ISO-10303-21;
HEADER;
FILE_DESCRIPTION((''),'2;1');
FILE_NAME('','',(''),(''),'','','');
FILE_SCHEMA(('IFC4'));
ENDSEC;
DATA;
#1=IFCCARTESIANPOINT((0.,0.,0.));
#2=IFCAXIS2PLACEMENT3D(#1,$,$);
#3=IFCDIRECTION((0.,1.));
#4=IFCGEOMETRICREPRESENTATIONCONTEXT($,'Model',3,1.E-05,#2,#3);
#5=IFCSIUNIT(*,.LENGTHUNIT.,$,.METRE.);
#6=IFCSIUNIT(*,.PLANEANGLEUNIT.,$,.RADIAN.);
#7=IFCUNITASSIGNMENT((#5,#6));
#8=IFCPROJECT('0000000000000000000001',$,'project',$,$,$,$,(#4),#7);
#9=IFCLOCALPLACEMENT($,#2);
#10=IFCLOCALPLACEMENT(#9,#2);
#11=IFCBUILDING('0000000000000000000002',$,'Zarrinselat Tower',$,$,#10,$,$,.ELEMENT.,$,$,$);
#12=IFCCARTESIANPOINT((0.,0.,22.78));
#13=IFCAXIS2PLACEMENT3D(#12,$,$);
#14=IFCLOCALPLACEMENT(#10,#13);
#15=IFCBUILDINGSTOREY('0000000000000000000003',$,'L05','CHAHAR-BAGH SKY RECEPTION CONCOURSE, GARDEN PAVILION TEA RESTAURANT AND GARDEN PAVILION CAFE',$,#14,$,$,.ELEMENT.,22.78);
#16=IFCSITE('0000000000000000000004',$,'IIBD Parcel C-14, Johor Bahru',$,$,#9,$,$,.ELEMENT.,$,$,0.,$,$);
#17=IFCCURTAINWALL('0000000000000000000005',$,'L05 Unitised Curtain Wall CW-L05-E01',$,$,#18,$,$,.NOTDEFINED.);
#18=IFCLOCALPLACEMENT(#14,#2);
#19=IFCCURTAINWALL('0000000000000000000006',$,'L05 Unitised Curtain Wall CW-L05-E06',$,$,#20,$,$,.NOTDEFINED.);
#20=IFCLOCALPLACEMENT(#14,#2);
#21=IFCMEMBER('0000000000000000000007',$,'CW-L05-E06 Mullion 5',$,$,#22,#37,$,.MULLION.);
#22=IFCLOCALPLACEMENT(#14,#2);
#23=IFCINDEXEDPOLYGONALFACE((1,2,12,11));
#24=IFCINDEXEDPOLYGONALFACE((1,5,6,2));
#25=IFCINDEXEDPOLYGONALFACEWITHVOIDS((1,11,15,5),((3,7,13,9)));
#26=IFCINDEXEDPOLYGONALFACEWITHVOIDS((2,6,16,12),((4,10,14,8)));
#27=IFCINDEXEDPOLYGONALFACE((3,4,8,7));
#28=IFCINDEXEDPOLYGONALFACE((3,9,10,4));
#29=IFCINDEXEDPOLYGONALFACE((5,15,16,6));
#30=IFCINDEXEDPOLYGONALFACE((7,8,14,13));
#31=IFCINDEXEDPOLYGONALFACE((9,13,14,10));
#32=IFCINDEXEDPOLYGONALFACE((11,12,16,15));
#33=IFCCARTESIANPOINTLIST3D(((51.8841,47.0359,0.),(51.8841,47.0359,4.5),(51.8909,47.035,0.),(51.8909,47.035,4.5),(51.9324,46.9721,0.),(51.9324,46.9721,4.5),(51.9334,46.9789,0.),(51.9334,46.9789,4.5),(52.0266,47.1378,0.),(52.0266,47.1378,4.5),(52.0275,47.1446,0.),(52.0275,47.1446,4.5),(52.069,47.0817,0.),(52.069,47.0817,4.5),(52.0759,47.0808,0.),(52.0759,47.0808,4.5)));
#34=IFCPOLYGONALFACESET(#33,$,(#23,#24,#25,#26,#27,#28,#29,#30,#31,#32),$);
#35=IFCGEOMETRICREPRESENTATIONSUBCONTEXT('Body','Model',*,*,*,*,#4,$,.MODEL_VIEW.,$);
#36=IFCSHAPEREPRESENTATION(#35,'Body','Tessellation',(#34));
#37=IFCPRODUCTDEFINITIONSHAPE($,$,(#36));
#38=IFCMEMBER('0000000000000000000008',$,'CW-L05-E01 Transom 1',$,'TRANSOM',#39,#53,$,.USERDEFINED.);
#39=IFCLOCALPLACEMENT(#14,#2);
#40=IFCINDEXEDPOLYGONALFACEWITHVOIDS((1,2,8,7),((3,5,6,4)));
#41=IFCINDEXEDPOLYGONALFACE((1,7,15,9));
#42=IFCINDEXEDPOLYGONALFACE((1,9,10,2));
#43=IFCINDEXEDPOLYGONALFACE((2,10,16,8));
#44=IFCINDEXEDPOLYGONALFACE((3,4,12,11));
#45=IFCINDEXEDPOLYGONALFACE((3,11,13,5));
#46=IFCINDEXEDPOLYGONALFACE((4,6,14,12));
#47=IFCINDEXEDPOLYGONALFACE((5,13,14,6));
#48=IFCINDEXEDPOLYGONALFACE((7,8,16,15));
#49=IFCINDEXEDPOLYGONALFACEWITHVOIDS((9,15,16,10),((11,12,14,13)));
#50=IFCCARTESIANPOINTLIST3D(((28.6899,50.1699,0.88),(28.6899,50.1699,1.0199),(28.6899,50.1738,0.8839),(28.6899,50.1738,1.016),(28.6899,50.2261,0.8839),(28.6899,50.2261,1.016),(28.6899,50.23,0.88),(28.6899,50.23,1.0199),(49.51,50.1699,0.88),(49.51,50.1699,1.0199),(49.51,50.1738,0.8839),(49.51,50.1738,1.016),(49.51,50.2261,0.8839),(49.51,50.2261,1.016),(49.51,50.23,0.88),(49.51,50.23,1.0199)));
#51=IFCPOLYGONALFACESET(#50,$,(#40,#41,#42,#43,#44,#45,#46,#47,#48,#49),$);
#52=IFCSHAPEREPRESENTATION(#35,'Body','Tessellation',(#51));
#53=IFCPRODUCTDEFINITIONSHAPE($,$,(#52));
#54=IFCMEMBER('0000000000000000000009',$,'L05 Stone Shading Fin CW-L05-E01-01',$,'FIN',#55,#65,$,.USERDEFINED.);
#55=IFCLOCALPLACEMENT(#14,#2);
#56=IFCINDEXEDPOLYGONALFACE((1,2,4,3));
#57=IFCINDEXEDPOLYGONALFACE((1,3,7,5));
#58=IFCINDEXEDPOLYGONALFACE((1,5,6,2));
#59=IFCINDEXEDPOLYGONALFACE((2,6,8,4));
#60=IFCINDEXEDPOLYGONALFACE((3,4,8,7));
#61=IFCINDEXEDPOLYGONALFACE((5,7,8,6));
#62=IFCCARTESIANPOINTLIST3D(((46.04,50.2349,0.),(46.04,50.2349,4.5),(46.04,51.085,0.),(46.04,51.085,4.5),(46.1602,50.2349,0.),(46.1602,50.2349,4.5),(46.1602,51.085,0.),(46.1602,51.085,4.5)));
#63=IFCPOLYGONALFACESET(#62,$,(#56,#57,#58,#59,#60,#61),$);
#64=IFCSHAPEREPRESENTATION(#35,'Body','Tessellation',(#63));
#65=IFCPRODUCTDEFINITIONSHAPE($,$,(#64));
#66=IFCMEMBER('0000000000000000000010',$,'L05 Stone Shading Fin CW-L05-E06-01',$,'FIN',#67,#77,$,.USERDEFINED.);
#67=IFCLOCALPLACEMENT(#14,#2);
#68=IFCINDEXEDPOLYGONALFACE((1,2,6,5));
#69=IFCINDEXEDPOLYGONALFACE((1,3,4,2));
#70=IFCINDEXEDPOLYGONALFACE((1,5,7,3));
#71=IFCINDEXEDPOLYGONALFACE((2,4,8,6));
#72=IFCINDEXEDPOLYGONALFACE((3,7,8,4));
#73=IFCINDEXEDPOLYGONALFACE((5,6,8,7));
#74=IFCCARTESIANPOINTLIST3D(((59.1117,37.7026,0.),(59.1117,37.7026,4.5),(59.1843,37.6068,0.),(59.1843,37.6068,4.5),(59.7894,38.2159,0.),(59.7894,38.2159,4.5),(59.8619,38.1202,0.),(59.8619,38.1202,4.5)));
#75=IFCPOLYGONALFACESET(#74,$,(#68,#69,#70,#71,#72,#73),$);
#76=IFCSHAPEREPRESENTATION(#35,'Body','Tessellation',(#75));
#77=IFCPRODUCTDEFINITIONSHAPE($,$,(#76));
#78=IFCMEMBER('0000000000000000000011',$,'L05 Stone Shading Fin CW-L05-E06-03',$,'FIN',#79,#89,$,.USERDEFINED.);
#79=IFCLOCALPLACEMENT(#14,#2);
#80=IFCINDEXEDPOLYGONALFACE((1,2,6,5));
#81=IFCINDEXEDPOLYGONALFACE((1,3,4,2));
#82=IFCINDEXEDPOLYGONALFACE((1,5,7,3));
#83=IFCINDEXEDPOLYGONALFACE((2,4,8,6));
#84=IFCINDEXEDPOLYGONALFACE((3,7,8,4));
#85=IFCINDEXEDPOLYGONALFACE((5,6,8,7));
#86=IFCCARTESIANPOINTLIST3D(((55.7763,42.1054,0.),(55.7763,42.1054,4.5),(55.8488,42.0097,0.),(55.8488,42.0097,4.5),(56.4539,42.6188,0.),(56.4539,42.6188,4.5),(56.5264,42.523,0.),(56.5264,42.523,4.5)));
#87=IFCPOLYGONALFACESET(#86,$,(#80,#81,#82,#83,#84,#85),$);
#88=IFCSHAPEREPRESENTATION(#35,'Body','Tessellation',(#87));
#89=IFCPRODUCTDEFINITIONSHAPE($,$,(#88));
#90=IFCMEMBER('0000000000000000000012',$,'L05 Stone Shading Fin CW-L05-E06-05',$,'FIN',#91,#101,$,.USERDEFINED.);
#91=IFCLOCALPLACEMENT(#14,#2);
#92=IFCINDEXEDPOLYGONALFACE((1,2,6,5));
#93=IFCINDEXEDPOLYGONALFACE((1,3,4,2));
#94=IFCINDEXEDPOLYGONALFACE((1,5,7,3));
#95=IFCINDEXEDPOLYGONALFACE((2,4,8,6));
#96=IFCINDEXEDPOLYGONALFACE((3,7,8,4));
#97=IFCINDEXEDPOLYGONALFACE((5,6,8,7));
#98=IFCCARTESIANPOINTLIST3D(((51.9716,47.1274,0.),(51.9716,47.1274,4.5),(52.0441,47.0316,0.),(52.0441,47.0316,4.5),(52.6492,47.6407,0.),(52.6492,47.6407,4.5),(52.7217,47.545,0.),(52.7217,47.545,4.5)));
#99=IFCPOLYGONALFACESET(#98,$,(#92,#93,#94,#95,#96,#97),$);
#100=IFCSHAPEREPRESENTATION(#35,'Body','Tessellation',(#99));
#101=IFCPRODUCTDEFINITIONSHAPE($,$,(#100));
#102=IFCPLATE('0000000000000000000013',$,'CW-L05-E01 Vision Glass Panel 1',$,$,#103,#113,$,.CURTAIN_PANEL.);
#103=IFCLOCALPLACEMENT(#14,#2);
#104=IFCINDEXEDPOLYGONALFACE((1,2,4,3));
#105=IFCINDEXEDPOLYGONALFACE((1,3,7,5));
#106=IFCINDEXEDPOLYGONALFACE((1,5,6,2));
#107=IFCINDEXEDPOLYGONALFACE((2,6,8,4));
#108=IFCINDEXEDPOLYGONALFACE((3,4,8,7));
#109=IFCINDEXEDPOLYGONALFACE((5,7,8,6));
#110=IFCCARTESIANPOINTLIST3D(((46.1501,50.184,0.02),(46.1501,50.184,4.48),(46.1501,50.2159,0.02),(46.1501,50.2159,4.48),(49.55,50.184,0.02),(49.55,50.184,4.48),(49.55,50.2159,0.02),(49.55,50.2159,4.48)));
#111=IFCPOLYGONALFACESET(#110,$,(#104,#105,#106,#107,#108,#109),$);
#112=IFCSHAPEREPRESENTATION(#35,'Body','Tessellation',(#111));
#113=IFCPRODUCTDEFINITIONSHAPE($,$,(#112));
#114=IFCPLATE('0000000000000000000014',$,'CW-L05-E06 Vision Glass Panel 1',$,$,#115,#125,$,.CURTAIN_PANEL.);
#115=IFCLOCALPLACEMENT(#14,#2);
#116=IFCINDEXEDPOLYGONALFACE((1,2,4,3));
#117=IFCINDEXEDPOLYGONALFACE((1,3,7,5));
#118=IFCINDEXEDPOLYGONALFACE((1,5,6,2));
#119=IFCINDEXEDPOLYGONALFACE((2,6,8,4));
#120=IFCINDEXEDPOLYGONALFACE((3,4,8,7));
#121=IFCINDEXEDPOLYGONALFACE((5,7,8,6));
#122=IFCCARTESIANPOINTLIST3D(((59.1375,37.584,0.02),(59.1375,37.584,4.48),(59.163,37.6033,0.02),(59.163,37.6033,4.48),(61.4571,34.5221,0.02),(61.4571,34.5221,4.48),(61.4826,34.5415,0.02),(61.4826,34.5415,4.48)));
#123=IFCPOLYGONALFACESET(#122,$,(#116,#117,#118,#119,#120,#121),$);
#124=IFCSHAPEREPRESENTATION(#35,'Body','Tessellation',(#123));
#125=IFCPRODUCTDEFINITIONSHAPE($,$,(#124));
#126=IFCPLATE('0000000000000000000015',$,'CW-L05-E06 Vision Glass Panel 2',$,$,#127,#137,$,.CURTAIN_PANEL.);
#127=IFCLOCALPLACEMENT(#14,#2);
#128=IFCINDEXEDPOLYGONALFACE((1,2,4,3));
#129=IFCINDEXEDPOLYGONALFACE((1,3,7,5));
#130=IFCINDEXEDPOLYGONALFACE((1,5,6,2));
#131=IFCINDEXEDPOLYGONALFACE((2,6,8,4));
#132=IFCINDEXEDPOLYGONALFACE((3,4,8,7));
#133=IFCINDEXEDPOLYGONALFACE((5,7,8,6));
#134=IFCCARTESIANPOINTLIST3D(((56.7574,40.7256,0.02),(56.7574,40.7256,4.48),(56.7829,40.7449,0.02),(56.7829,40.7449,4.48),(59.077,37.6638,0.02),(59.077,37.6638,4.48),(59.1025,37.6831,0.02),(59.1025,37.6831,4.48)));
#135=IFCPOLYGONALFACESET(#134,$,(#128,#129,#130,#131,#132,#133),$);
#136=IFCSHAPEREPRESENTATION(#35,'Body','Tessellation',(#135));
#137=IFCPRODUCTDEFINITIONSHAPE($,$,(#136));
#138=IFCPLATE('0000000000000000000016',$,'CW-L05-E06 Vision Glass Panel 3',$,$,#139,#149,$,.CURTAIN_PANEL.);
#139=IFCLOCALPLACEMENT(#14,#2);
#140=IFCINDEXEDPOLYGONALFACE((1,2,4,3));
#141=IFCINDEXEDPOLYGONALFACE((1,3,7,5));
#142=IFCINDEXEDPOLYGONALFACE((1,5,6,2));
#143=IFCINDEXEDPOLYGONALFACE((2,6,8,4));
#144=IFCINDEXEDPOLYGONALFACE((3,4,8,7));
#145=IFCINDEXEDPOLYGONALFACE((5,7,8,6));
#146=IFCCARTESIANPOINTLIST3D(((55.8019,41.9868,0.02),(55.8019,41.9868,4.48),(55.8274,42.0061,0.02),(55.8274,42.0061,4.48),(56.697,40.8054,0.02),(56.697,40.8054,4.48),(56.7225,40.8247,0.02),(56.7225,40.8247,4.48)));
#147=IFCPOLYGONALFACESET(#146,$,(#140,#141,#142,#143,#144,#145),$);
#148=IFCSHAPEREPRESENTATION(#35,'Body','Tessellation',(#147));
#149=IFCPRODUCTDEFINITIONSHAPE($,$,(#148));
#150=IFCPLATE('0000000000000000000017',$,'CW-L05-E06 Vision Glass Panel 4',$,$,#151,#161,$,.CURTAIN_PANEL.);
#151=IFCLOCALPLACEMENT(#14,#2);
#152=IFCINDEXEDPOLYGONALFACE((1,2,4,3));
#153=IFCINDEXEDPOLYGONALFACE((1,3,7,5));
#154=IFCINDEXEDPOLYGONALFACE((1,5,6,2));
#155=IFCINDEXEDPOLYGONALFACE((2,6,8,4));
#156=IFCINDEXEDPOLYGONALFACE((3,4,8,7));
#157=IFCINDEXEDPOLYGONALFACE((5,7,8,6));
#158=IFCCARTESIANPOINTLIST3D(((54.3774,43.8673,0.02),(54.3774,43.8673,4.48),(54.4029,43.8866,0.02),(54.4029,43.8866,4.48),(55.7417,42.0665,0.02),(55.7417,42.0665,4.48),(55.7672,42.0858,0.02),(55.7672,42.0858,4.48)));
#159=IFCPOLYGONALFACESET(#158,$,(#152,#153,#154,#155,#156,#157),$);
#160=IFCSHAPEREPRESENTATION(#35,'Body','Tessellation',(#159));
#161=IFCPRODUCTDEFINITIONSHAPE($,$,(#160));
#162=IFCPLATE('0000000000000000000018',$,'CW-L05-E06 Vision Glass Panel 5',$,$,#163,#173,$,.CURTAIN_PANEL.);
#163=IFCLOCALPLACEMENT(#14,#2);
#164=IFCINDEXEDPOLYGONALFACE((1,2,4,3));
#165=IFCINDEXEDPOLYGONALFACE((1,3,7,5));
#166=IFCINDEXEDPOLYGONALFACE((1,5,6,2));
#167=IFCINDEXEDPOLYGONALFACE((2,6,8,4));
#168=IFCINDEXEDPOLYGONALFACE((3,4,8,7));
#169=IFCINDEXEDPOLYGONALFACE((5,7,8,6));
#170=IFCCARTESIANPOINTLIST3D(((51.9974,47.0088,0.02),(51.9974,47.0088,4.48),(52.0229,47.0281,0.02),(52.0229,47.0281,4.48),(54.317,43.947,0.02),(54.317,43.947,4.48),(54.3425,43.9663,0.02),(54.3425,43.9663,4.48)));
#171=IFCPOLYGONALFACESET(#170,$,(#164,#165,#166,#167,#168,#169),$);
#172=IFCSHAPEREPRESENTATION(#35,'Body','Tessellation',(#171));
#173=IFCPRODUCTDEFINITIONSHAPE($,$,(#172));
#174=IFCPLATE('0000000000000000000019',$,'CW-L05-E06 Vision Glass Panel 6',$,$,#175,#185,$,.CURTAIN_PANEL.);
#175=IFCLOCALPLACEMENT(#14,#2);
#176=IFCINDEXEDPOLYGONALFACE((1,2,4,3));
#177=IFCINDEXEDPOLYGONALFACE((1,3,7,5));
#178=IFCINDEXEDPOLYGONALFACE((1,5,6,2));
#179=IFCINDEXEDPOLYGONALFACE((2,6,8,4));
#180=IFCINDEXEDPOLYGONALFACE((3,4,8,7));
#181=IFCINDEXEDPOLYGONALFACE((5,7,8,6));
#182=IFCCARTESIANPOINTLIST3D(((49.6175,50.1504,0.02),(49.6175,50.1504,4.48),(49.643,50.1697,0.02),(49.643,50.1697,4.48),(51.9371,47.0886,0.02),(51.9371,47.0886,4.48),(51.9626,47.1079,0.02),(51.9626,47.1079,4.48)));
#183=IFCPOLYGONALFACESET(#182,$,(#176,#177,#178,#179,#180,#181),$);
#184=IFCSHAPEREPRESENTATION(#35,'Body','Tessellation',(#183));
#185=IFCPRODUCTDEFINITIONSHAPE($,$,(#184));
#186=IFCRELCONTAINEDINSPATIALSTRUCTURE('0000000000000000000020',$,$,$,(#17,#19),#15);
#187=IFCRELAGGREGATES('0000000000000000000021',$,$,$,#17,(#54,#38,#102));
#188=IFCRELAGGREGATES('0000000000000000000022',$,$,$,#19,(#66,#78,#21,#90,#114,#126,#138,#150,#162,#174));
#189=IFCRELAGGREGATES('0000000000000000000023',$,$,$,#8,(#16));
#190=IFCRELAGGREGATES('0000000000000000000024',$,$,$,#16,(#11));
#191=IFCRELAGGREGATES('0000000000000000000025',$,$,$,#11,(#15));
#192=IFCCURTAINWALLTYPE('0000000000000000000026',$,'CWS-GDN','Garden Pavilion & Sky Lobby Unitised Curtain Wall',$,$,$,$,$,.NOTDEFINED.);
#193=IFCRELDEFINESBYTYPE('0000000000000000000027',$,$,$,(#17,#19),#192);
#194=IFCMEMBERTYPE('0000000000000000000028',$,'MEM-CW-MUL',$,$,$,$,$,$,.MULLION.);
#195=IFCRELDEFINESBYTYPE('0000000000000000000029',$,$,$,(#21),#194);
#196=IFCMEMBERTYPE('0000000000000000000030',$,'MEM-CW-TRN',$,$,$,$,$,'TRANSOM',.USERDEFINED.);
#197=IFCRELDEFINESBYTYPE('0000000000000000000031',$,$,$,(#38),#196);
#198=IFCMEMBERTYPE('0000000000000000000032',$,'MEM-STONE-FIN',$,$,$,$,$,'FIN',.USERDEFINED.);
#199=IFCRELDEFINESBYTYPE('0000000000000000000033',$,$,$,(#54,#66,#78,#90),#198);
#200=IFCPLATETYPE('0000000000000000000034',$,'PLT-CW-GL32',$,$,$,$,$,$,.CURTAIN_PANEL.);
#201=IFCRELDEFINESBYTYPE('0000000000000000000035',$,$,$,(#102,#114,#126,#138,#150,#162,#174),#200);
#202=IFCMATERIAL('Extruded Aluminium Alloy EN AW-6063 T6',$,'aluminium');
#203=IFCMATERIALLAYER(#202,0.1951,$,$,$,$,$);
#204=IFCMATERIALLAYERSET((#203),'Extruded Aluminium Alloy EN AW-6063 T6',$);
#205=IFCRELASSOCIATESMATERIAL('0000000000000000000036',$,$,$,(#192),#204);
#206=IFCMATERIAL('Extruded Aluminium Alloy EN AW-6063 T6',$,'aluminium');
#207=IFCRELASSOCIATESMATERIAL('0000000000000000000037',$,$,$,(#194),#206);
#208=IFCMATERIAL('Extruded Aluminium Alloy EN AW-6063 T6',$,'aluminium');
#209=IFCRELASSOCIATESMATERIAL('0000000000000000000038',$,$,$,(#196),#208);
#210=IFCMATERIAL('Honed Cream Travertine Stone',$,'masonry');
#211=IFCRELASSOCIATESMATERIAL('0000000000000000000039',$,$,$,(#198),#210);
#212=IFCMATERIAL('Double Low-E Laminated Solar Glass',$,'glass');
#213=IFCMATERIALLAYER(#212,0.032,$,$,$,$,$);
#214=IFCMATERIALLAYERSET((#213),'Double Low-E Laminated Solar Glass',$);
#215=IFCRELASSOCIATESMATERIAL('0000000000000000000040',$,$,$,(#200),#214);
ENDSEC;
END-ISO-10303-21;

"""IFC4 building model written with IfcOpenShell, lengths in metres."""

from ifc_helpers import new_model, si_unit, direction, frame, origin, origin_2d, place, context, subcontext, project, spatial, rectangle, hollow_rectangle, extrude, material, layer, layer_set, material_profile, profile_set, type_object, element, aggregate, save


model = new_model("IFC4")

# Units and contexts
model_context = context("Model", 3, precision=1e-05, world=origin(), true_north=direction((0.0, 1.0)))
body_context = subcontext(model_context, "Body", "Model", "MODEL_VIEW")
ifc_project = project(units=[si_unit("LENGTHUNIT", "METRE"), si_unit("PLANEANGLEUNIT", "RADIAN")], contexts=[model_context])

# Site, building, storey
site_placement = place(None, origin())
site = spatial("IfcSite", under=ifc_project, at=site_placement, Name="IIBD Parcel C-14, Johor Bahru", CompositionType="ELEMENT", RefElevation=0.0)
building_placement = place(site_placement, origin())
building = spatial("IfcBuilding", under=site, at=building_placement, Name="Zarrinselat Tower", CompositionType="ELEMENT")
storey_placement = place(building_placement, frame((0.0, 0.0, 22.78)))
storey = spatial("IfcBuildingStorey", under=building, at=storey_placement, Name="L05", Description="CHAHAR-BAGH SKY RECEPTION CONCOURSE, GARDEN PAVILION TEA RESTAURANT AND GARDEN PAVILION CAFE", CompositionType="ELEMENT", Elevation=22.78)

# Curtain wall
ifc_material_1 = material(Name="Extruded Aluminium Alloy EN AW-6063 T6", Category="aluminium")
ifc_layer_1 = layer(ifc_material_1, 0.1951)
ifc_layer_set_1 = layer_set([ifc_layer_1], Name="Extruded Aluminium Alloy EN AW-6063 T6")
curtain_wall_type = type_object("IfcCurtainWallType", Name="CWS-GDN", Description="Garden Pavilion & Sky Lobby Unitised Curtain Wall", PredefinedType="NOTDEFINED", material=ifc_layer_set_1)
curtain_wall_1_placement = place(storey_placement, origin())
curtain_wall_1 = element("IfcCurtainWall", 1, at=curtain_wall_1_placement, inside=storey, type_object=curtain_wall_type, Name="L05 Unitised Curtain Wall CW-L05-E01", PredefinedType="NOTDEFINED")
ifc_material_2 = material(Name="Extruded Aluminium Alloy EN AW-6063 T6", Category="aluminium")
ifc_material_profile_1 = material_profile(ifc_material_2, hollow_rectangle(XDim=0.0801, YDim=0.1799, WallThickness=0.0049, at=origin_2d()), Name="RHS 180x80x5")
ifc_profile_set_1 = profile_set([ifc_material_profile_1], Name="Extruded Aluminium Alloy EN AW-6063 T6")
member_type_1 = type_object("IfcMemberType", Name="MEM-CW-MUL", PredefinedType="MULLION", material=ifc_profile_set_1)

# Curtain wall, member
curtain_wall_2_placement = place(storey_placement, origin())
curtain_wall_2 = element("IfcCurtainWall", 2, at=curtain_wall_2_placement, inside=storey, type_object=curtain_wall_type, Name="L05 Unitised Curtain Wall CW-L05-E06", PredefinedType="NOTDEFINED")
member_1_placement = place(storey_placement, frame((51.98, 47.0583, 0.0), z_axis=(0.0, 0.0, 1.0), x_axis=(-0.603858, 0.797092, 0.0)))
member_1 = element("IfcMember", 3, at=member_1_placement, type_object=member_type_1, Name="CW-L05-E06 Mullion 5", PredefinedType="MULLION", context=body_context, shape_type="SweptSolid", body=[
    extrude(hollow_rectangle(XDim=0.0801, YDim=0.1799, WallThickness=0.0049, at=origin_2d()), origin(), (0.0, 0.0, 1.0), 4.5),
])

# Members
ifc_material_3 = material(Name="Extruded Aluminium Alloy EN AW-6063 T6", Category="aluminium")
ifc_material_profile_2 = material_profile(ifc_material_3, hollow_rectangle(XDim=0.0601, YDim=0.1399, WallThickness=0.0039, at=origin_2d()), Name="RHS 140x60x4")
ifc_profile_set_2 = profile_set([ifc_material_profile_2], Name="Extruded Aluminium Alloy EN AW-6063 T6")
member_type_2 = type_object("IfcMemberType", Name="MEM-CW-TRN", ElementType="TRANSOM", PredefinedType="USERDEFINED", material=ifc_profile_set_2)
member_2_placement = place(storey_placement, frame((49.51, 50.2, 0.95), z_axis=(-1.0, 0.0, 0.0), x_axis=(0.0, -1.0, 0.0)))
member_2 = element("IfcMember", 4, at=member_2_placement, type_object=member_type_2, Name="CW-L05-E01 Transom 1", ObjectType="TRANSOM", PredefinedType="USERDEFINED", context=body_context, shape_type="SweptSolid", body=[
    extrude(hollow_rectangle(XDim=0.0601, YDim=0.1399, WallThickness=0.0039, at=origin_2d()), origin(), (0.0, 0.0, 1.0), 20.8201),
])
ifc_material_4 = material(Name="Honed Cream Travertine Stone", Category="masonry")
ifc_material_profile_3 = material_profile(ifc_material_4, rectangle(XDim=0.1201, YDim=0.8501, at=origin_2d()), Name="FIN 850x120")
ifc_profile_set_3 = profile_set([ifc_material_profile_3], Name="Honed Cream Travertine Stone")
member_type_3 = type_object("IfcMemberType", Name="MEM-STONE-FIN", ElementType="FIN", PredefinedType="USERDEFINED", material=ifc_profile_set_3)
member_3_placement = place(storey_placement, frame((46.1001, 50.6599, 0.0), z_axis=(0.0, 0.0, 1.0), x_axis=(1.0, 0.0, 0.0)))
member_3 = element("IfcMember", 5, at=member_3_placement, type_object=member_type_3, Name="L05 Stone Shading Fin CW-L05-E01-01", ObjectType="FIN", PredefinedType="USERDEFINED", context=body_context, shape_type="SweptSolid", body=[
    extrude(rectangle(XDim=0.1201, YDim=0.8501, at=origin_2d()), origin(), (0.0, 0.0, 1.0), 4.5),
])
member_4_placement = place(storey_placement, frame((59.4868, 37.9114, 0.0), z_axis=(0.0, 0.0, 1.0), x_axis=(0.603858, -0.797092, 0.0)))
member_4 = element("IfcMember", 6, at=member_4_placement, type_object=member_type_3, Name="L05 Stone Shading Fin CW-L05-E06-01", ObjectType="FIN", PredefinedType="USERDEFINED", context=body_context, shape_type="SweptSolid", body=[
    extrude(rectangle(XDim=0.1201, YDim=0.8501, at=origin_2d()), origin(), (0.0, 0.0, 1.0), 4.5),
])
member_5_placement = place(storey_placement, frame((56.1514, 42.3142, 0.0), z_axis=(0.0, 0.0, 1.0), x_axis=(0.603858, -0.797092, 0.0)))
member_5 = element("IfcMember", 7, at=member_5_placement, type_object=member_type_3, Name="L05 Stone Shading Fin CW-L05-E06-03", ObjectType="FIN", PredefinedType="USERDEFINED", context=body_context, shape_type="SweptSolid", body=[
    extrude(rectangle(XDim=0.1201, YDim=0.8501, at=origin_2d()), origin(), (0.0, 0.0, 1.0), 4.5),
])
member_6_placement = place(storey_placement, frame((52.3467, 47.3362, 0.0), z_axis=(0.0, 0.0, 1.0), x_axis=(0.603858, -0.797092, 0.0)))
member_6 = element("IfcMember", 8, at=member_6_placement, type_object=member_type_3, Name="L05 Stone Shading Fin CW-L05-E06-05", ObjectType="FIN", PredefinedType="USERDEFINED", context=body_context, shape_type="SweptSolid", body=[
    extrude(rectangle(XDim=0.1201, YDim=0.8501, at=origin_2d()), origin(), (0.0, 0.0, 1.0), 4.5),
])

# Plates
ifc_material_5 = material(Name="Double Low-E Laminated Solar Glass", Category="glass")
ifc_layer_2 = layer(ifc_material_5, 0.032)
ifc_layer_set_2 = layer_set([ifc_layer_2], Name="Double Low-E Laminated Solar Glass")
plate_type = type_object("IfcPlateType", Name="PLT-CW-GL32", PredefinedType="CURTAIN_PANEL", material=ifc_layer_set_2)
plate_1_placement = place(storey_placement, frame((47.8501, 50.2, 0.02), z_axis=(0.0, 0.0, 1.0), x_axis=(-1.0, 0.0, 0.0)))
plate_1 = element("IfcPlate", 9, at=plate_1_placement, type_object=plate_type, Name="CW-L05-E01 Vision Glass Panel 1", PredefinedType="CURTAIN_PANEL", context=body_context, shape_type="SweptSolid", body=[
    extrude(rectangle(XDim=3.3999, YDim=0.032, at=origin_2d()), origin(), (0.0, 0.0, 1.0), 4.46),
])
aggregate(curtain_wall_1, [member_3, member_2, plate_1])
plate_2_placement = place(storey_placement, frame((60.3101, 36.0627, 0.02), z_axis=(0.0, 0.0, 1.0), x_axis=(-0.603858, 0.797092, 0.0)))
plate_2 = element("IfcPlate", 10, at=plate_2_placement, type_object=plate_type, Name="CW-L05-E06 Vision Glass Panel 1", PredefinedType="CURTAIN_PANEL", context=body_context, shape_type="SweptSolid", body=[
    extrude(rectangle(XDim=3.8413, YDim=0.032, at=origin_2d()), origin(), (0.0, 0.0, 1.0), 4.46),
])
plate_3_placement = place(storey_placement, frame((57.9299, 39.2043, 0.02), z_axis=(0.0, 0.0, 1.0), x_axis=(-0.603858, 0.797092, 0.0)))
plate_3 = element("IfcPlate", 11, at=plate_3_placement, type_object=plate_type, Name="CW-L05-E06 Vision Glass Panel 2", PredefinedType="CURTAIN_PANEL", context=body_context, shape_type="SweptSolid", body=[
    extrude(rectangle(XDim=3.8413, YDim=0.032, at=origin_2d()), origin(), (0.0, 0.0, 1.0), 4.46),
])
plate_4_placement = place(storey_placement, frame((56.2622, 41.4058, 0.02), z_axis=(0.0, 0.0, 1.0), x_axis=(-0.603858, 0.797092, 0.0)))
plate_4 = element("IfcPlate", 12, at=plate_4_placement, type_object=plate_type, Name="CW-L05-E06 Vision Glass Panel 3", PredefinedType="CURTAIN_PANEL", context=body_context, shape_type="SweptSolid", body=[
    extrude(rectangle(XDim=1.4822, YDim=0.032, at=origin_2d()), origin(), (0.0, 0.0, 1.0), 4.46),
])
plate_5_placement = place(storey_placement, frame((55.0723, 42.9766, 0.02), z_axis=(0.0, 0.0, 1.0), x_axis=(-0.603858, 0.797092, 0.0)))
plate_5 = element("IfcPlate", 13, at=plate_5_placement, type_object=plate_type, Name="CW-L05-E06 Vision Glass Panel 4", PredefinedType="CURTAIN_PANEL", context=body_context, shape_type="SweptSolid", body=[
    extrude(rectangle(XDim=2.2593, YDim=0.032, at=origin_2d()), origin(), (0.0, 0.0, 1.0), 4.46),
])
plate_6_placement = place(storey_placement, frame((53.1699, 45.4875, 0.02), z_axis=(0.0, 0.0, 1.0), x_axis=(-0.603858, 0.797092, 0.0)))
plate_6 = element("IfcPlate", 14, at=plate_6_placement, type_object=plate_type, Name="CW-L05-E06 Vision Glass Panel 5", PredefinedType="CURTAIN_PANEL", context=body_context, shape_type="SweptSolid", body=[
    extrude(rectangle(XDim=3.8413, YDim=0.032, at=origin_2d()), origin(), (0.0, 0.0, 1.0), 4.46),
])
plate_7_placement = place(storey_placement, frame((50.79, 48.6292, 0.02), z_axis=(0.0, 0.0, 1.0), x_axis=(-0.603858, 0.797092, 0.0)))
plate_7 = element("IfcPlate", 15, at=plate_7_placement, type_object=plate_type, Name="CW-L05-E06 Vision Glass Panel 6", PredefinedType="CURTAIN_PANEL", context=body_context, shape_type="SweptSolid", body=[
    extrude(rectangle(XDim=3.8413, YDim=0.032, at=origin_2d()), origin(), (0.0, 0.0, 1.0), 4.46),
])
aggregate(curtain_wall_2, [member_4, member_5, member_1, member_6, plate_2, plate_3, plate_4, plate_5, plate_6, plate_7])

save(model, "model.ifc")
